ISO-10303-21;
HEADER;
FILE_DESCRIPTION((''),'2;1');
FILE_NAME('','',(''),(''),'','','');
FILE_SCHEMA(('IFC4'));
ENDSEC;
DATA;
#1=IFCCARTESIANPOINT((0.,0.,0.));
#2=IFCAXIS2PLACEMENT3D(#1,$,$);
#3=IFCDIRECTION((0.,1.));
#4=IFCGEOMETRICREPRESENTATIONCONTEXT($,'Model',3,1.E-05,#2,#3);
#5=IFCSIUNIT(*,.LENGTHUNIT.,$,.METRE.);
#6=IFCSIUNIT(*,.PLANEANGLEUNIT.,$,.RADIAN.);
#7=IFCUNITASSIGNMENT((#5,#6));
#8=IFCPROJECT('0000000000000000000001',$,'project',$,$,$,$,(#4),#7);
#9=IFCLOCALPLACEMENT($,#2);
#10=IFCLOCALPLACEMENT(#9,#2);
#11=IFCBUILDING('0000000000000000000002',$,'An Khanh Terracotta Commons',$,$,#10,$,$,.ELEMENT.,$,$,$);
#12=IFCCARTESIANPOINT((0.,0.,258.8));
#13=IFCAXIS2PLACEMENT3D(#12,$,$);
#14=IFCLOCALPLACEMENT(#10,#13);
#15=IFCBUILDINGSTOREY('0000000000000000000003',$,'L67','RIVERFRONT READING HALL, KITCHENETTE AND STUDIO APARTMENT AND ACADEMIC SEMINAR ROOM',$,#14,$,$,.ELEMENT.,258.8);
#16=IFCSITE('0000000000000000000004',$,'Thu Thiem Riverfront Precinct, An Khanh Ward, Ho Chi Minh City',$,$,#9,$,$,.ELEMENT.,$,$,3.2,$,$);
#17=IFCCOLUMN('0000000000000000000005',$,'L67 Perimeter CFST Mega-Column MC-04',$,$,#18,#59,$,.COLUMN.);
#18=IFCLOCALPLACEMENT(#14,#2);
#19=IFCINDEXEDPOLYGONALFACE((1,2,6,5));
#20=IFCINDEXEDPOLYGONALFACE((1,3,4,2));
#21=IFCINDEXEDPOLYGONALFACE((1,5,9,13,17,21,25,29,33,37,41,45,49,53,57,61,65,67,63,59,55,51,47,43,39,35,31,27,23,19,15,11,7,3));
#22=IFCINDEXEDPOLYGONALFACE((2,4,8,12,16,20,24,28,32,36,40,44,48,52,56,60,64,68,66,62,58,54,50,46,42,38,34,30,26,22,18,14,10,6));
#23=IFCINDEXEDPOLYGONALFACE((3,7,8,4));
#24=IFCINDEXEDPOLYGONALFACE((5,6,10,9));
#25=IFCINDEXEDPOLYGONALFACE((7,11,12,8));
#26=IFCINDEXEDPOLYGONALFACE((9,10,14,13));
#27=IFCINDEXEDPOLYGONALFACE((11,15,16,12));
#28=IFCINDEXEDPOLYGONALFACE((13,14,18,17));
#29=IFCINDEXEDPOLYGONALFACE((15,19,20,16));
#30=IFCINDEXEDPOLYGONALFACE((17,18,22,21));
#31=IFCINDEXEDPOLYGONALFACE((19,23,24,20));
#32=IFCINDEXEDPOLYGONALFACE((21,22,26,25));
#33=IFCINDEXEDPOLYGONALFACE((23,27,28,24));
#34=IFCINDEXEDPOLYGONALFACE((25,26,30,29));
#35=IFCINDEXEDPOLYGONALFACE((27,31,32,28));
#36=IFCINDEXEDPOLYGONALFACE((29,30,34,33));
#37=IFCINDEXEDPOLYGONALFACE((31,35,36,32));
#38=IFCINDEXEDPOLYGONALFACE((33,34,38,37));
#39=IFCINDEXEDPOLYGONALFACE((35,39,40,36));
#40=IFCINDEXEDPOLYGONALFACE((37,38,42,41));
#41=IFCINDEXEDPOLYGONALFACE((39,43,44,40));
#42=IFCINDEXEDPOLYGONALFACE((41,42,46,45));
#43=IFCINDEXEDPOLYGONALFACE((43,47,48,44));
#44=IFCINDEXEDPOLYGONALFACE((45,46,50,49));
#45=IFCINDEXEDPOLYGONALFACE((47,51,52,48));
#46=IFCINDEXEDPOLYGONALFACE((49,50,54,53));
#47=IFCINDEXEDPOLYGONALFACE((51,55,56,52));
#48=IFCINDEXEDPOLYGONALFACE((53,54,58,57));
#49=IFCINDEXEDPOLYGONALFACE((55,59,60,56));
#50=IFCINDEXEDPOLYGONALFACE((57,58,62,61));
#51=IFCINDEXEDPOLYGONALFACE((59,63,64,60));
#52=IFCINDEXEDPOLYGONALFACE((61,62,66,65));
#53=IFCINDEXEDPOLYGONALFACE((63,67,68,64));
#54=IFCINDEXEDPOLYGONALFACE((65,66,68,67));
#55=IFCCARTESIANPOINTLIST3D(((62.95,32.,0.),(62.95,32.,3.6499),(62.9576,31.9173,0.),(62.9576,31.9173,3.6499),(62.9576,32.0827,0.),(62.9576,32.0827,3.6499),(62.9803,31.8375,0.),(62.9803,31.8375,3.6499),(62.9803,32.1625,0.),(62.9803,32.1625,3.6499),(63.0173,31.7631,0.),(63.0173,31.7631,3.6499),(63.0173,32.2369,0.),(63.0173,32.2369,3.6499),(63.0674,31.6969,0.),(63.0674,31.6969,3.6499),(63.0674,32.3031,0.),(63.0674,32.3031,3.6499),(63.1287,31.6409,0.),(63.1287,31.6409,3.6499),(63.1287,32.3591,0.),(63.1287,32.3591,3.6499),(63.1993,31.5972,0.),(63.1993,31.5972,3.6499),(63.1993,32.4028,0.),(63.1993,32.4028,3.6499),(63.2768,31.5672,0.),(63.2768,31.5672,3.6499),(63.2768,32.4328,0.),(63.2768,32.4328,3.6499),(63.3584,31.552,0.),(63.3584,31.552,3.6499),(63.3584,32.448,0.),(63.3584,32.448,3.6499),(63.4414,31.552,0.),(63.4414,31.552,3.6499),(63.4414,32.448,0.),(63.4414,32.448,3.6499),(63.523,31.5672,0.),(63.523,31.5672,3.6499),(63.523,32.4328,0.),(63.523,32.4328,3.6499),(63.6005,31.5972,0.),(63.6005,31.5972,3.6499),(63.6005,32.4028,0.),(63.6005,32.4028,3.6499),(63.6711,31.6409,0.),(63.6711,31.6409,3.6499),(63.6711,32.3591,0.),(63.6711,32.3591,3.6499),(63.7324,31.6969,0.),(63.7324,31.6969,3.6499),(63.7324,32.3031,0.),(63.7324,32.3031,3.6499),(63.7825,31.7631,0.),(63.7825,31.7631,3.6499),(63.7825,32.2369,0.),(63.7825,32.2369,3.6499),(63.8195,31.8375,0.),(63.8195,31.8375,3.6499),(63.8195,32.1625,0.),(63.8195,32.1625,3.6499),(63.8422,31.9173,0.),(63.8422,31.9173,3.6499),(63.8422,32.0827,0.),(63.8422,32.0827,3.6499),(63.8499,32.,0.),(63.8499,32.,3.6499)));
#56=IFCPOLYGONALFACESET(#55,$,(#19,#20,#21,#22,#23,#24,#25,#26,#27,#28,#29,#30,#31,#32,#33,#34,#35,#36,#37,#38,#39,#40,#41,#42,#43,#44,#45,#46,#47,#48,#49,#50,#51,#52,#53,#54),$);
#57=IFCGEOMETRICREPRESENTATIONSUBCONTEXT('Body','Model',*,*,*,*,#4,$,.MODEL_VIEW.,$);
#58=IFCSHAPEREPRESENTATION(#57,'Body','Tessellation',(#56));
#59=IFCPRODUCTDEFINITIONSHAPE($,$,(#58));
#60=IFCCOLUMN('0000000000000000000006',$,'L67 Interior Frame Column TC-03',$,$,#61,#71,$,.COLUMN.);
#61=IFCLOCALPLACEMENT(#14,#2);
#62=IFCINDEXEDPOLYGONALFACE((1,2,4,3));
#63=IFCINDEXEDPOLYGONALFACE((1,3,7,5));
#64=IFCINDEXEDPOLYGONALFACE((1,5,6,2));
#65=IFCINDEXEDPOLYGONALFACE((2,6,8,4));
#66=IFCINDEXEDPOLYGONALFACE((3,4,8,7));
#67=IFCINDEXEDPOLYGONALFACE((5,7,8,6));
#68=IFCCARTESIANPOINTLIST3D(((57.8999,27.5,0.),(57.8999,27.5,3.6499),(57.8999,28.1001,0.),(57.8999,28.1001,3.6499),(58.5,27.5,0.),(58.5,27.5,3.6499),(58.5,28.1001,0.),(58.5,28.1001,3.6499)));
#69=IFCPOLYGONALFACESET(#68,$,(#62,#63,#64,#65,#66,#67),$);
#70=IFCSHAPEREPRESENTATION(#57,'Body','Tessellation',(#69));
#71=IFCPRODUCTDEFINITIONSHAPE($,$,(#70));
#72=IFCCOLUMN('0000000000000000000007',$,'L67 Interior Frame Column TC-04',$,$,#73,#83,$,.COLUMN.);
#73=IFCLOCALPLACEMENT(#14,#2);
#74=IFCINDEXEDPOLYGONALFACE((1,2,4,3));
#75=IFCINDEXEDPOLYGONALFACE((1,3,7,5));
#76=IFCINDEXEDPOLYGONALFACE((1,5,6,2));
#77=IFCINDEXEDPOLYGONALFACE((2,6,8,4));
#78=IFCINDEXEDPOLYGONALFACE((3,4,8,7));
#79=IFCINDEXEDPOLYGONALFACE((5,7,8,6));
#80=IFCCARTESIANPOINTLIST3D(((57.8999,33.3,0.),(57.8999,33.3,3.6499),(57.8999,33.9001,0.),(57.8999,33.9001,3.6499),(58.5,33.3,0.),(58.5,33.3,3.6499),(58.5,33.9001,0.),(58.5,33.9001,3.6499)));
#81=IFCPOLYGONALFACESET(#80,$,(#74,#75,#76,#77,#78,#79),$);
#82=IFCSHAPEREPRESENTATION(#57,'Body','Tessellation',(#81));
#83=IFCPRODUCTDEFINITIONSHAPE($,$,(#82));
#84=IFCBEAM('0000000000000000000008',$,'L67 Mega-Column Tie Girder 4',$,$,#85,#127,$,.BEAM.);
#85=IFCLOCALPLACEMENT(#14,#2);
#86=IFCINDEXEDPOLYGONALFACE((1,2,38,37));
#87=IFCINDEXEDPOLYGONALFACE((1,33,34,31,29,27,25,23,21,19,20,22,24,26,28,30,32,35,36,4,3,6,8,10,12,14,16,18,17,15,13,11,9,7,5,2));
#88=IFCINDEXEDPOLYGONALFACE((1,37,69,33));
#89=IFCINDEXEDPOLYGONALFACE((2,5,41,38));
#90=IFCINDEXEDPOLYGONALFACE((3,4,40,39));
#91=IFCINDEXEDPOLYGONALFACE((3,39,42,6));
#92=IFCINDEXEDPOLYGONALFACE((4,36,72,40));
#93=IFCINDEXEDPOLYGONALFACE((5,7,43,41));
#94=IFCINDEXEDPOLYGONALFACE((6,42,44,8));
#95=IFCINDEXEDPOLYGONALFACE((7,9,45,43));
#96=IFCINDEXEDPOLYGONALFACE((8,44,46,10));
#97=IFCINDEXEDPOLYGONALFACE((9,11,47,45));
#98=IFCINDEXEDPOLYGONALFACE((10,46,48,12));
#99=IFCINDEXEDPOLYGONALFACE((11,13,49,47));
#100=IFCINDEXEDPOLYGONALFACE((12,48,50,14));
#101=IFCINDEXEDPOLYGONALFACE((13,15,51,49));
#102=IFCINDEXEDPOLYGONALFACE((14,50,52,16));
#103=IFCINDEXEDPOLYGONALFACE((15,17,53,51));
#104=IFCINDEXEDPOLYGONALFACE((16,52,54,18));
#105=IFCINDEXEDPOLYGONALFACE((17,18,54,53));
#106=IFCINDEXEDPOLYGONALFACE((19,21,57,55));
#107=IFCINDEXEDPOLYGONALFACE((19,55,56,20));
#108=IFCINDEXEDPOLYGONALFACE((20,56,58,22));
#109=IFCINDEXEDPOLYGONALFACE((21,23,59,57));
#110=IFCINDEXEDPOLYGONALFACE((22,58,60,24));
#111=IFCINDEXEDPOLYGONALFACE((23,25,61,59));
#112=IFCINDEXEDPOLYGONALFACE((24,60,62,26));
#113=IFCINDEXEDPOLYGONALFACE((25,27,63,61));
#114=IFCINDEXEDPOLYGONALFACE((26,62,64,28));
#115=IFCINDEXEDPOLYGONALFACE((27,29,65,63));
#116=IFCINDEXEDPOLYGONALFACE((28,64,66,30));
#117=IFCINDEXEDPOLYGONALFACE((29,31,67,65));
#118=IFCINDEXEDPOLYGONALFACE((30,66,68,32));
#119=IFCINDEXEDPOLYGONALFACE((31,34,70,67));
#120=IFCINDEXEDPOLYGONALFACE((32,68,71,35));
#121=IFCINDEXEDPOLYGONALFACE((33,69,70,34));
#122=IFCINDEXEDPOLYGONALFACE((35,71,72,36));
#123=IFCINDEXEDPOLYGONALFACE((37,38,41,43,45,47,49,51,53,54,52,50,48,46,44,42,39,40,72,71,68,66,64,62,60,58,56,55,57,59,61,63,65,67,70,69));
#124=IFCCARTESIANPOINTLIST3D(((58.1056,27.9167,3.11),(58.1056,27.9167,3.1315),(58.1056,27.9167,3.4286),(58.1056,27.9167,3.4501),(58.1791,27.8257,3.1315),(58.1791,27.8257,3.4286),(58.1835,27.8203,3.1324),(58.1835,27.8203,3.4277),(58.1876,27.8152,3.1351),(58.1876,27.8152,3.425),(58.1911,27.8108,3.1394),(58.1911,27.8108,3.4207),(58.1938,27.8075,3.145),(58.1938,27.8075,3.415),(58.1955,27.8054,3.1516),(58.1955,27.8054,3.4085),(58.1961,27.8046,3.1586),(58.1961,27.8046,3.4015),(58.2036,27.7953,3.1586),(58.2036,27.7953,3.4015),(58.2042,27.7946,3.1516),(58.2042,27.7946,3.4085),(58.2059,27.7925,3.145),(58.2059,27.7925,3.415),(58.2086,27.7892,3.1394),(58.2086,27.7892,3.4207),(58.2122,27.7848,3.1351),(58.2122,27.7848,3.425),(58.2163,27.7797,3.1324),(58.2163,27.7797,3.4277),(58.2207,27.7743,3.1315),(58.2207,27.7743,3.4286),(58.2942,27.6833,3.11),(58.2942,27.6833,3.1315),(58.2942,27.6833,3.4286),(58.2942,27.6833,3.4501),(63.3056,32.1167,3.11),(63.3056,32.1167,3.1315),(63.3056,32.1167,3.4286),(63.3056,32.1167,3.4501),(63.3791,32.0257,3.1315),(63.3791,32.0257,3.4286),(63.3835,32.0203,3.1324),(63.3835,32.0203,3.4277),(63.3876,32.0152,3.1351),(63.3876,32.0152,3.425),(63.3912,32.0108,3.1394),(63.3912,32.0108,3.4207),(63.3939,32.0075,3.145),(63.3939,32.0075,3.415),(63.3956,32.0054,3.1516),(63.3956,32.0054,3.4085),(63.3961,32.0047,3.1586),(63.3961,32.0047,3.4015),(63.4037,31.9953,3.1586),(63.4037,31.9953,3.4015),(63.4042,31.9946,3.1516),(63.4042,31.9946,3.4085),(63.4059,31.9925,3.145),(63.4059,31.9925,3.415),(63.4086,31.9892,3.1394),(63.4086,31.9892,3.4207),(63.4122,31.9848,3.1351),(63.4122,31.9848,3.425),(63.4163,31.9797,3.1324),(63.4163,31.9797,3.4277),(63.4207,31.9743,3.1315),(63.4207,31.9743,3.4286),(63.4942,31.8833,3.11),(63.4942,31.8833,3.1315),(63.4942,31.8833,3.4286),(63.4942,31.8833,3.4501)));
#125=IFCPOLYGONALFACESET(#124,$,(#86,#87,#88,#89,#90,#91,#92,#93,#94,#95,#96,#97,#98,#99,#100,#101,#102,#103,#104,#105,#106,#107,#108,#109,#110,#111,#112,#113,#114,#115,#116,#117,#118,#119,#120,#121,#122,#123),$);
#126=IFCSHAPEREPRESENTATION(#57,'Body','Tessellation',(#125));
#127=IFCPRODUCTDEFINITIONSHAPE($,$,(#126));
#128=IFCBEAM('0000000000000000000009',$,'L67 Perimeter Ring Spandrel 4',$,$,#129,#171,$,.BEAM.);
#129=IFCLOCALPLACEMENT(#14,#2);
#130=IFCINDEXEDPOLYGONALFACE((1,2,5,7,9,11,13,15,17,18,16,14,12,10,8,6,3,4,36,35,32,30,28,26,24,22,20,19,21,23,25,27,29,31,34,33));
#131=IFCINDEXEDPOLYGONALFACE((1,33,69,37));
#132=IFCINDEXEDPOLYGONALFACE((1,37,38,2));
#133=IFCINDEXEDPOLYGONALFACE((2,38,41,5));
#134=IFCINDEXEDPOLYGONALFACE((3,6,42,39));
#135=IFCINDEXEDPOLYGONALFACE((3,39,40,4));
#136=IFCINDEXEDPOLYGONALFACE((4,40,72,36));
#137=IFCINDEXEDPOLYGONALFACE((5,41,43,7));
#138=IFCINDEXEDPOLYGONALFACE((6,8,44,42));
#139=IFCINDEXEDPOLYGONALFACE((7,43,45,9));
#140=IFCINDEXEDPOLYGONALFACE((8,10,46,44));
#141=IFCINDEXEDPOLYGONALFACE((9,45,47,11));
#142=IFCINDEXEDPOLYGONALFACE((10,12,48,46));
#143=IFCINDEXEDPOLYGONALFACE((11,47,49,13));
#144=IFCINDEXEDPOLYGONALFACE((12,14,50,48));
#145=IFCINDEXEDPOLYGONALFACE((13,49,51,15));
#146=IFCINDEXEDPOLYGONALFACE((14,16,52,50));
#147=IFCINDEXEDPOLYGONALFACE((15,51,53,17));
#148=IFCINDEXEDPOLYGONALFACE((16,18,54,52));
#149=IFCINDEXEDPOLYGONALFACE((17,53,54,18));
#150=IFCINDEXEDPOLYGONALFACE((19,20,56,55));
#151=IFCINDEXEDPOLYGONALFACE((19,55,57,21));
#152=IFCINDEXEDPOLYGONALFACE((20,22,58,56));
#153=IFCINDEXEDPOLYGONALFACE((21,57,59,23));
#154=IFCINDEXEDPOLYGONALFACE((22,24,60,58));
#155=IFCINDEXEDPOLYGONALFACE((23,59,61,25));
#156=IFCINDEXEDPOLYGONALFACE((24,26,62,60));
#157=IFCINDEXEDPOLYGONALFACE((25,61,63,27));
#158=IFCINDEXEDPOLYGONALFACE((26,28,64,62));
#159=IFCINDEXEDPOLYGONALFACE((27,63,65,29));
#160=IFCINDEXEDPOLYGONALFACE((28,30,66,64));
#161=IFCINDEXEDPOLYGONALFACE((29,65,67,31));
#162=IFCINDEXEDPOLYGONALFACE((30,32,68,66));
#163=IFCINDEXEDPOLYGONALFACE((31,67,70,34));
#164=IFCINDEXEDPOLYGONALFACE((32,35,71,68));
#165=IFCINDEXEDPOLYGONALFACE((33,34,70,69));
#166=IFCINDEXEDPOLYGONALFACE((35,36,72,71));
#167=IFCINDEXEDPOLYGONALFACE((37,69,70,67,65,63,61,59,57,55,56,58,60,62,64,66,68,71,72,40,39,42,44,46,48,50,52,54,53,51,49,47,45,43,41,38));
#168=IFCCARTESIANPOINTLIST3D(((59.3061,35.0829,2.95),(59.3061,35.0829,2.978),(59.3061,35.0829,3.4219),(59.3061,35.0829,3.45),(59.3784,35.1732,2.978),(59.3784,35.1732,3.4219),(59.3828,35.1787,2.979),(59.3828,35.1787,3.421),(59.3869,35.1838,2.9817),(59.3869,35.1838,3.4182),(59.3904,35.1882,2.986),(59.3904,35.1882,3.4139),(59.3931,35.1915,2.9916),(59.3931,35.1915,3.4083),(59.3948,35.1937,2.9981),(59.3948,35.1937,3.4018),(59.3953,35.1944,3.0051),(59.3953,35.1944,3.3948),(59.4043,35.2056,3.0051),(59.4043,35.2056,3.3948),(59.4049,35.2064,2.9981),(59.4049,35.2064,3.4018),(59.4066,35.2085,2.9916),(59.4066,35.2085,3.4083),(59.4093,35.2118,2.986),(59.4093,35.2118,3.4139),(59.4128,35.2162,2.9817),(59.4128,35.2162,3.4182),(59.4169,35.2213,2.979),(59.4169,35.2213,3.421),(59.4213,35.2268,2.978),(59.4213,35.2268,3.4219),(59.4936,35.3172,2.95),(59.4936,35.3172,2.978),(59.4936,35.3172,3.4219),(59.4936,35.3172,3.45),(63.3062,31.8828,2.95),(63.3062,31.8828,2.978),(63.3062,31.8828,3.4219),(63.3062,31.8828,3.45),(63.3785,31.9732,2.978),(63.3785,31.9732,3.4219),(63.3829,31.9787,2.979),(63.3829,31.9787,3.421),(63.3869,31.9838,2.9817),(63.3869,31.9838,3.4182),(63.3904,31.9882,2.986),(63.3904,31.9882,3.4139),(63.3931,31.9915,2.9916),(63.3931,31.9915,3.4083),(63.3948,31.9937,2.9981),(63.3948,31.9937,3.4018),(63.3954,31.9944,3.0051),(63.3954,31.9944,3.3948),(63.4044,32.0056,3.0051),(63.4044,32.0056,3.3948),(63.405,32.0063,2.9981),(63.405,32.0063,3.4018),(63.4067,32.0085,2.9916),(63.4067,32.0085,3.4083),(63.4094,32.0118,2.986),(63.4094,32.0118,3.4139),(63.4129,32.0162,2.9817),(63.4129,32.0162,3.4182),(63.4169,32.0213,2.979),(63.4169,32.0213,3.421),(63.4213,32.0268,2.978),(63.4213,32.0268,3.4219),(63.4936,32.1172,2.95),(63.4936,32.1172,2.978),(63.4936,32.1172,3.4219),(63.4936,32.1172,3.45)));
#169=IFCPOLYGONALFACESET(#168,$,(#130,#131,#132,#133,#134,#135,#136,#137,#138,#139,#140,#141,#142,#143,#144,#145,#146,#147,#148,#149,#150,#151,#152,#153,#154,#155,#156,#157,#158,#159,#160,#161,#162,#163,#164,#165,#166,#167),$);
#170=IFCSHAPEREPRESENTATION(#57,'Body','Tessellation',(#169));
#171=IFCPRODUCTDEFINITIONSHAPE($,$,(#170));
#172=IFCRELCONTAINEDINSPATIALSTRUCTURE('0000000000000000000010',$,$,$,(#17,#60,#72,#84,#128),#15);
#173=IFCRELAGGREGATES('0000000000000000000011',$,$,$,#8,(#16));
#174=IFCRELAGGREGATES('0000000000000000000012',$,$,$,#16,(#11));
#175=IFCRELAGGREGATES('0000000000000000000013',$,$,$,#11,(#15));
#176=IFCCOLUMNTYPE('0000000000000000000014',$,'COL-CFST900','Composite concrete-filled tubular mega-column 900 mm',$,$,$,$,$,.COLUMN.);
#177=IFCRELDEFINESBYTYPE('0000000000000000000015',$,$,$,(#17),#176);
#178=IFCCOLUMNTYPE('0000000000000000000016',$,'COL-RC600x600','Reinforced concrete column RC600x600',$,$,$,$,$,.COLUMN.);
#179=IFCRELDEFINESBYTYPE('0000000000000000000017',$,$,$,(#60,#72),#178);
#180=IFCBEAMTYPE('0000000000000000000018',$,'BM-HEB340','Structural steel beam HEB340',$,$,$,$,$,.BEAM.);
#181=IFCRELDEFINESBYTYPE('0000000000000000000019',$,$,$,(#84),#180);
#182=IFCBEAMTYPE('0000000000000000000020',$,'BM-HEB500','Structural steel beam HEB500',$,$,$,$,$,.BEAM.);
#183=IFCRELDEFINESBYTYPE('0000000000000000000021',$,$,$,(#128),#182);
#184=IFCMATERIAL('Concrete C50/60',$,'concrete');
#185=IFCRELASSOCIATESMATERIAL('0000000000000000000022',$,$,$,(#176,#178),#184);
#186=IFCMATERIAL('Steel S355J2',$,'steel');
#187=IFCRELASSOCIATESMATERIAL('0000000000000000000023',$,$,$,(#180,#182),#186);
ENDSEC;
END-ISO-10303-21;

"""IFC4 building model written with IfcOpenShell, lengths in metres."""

from ifc_helpers import new_model, si_unit, direction, frame, origin, origin_2d, place, context, subcontext, project, spatial, rectangle, circle, i_section, extrude, material, material_profile, profile_set, type_object, element, save


model = new_model("IFC4")

# Units and contexts
model_context = context("Model", 3, precision=1e-05, world=origin(), true_north=direction((0.0, 1.0)))
body_context = subcontext(model_context, "Body", "Model", "MODEL_VIEW")
ifc_project = project(units=[si_unit("LENGTHUNIT", "METRE"), si_unit("PLANEANGLEUNIT", "RADIAN")], contexts=[model_context])

# Site, building, storey
site_placement = place(None, origin())
site = spatial("IfcSite", under=ifc_project, at=site_placement, Name="Thu Thiem Riverfront Precinct, An Khanh Ward, Ho Chi Minh City", CompositionType="ELEMENT", RefElevation=3.2)
building_placement = place(site_placement, origin())
building = spatial("IfcBuilding", under=site, at=building_placement, Name="An Khanh Terracotta Commons", CompositionType="ELEMENT")
storey_placement = place(building_placement, frame((0.0, 0.0, 258.8)))
storey = spatial("IfcBuildingStorey", under=building, at=storey_placement, Name="L67", Description="RIVERFRONT READING HALL, KITCHENETTE AND STUDIO APARTMENT AND ACADEMIC SEMINAR ROOM", CompositionType="ELEMENT", Elevation=258.8)

# Columns
ifc_material_1 = material(Name="Concrete C50/60", Category="concrete")
ifc_material_profile_1 = material_profile(ifc_material_1, circle(Radius=0.45, at=origin_2d()), Name="CFST900")
ifc_profile_set_1 = profile_set([ifc_material_profile_1], Name="Concrete C50/60")
column_type_1 = type_object("IfcColumnType", Name="COL-CFST900", Description="Composite concrete-filled tubular mega-column 900 mm", PredefinedType="COLUMN", material=ifc_profile_set_1)
column_placement = place(storey_placement, frame((63.3999, 32.0, 0.0), z_axis=(0.0, 0.0, 1.0), x_axis=(1.0, 0.0, 0.0)))
element("IfcColumn", 1, at=column_placement, inside=storey, type_object=column_type_1, Name="L67 Perimeter CFST Mega-Column MC-04", PredefinedType="COLUMN", context=body_context, shape_type="SweptSolid", body=[
    extrude(circle(Radius=0.45, at=origin_2d()), origin(), (0.0, 0.0, 1.0), 3.6499),
])
ifc_material_profile_2 = material_profile(ifc_material_1, rectangle(XDim=0.6001, YDim=0.6001, at=origin_2d()), Name="RC600x600")
ifc_profile_set_2 = profile_set([ifc_material_profile_2], Name="Concrete C50/60")
column_type_2 = type_object("IfcColumnType", Name="COL-RC600x600", Description="Reinforced concrete column RC600x600", PredefinedType="COLUMN", material=ifc_profile_set_2)
for number, where, z_axis, x_axis, name in (
    (2, (58.2, 27.8, 0.0), (0.0, 0.0, 1.0), (1.0, 0.0, 0.0), "L67 Interior Frame Column TC-03"),
    (3, (58.2, 33.6001, 0.0), (0.0, 0.0, 1.0), (1.0, 0.0, 0.0), "L67 Interior Frame Column TC-04"),
):
    element("IfcColumn", number, at=place(storey_placement, frame(where, z_axis=z_axis, x_axis=x_axis)), inside=storey, type_object=column_type_2, Name=name, PredefinedType="COLUMN", context=body_context, shape_type="SweptSolid", body=[
        extrude(rectangle(XDim=0.6001, YDim=0.6001, at=origin_2d()), origin(), (0.0, 0.0, 1.0), 3.6499),
    ])

# Beams
ifc_material_2 = material(Name="Steel S355J2", Category="steel")
ifc_material_profile_3 = material_profile(ifc_material_2, i_section(OverallWidth=0.3, OverallDepth=0.3401, WebThickness=0.012, FlangeThickness=0.0215, FilletRadius=0.0271, at=origin_2d()), Name="HEB340")
ifc_profile_set_3 = profile_set([ifc_material_profile_3], Name="Steel S355J2")
beam_type_1 = type_object("IfcBeamType", Name="BM-HEB340", Description="Structural steel beam HEB340", PredefinedType="BEAM", material=ifc_profile_set_3)
beam_1_placement = place(storey_placement, frame((63.3999, 32.0, 3.28), z_axis=(-0.777942, -0.628336, 0.0), x_axis=(0.628336, -0.777942, 0.0)))
element("IfcBeam", 4, at=beam_1_placement, inside=storey, type_object=beam_type_1, Name="L67 Mega-Column Tie Girder 4", PredefinedType="BEAM", context=body_context, shape_type="SweptSolid", body=[
    extrude(i_section(OverallWidth=0.3, OverallDepth=0.3401, WebThickness=0.012, FlangeThickness=0.0215, FilletRadius=0.0271, at=origin_2d()), origin(), (0.0, 0.0, 1.0), 6.6843),
])
ifc_material_profile_4 = material_profile(ifc_material_2, i_section(OverallWidth=0.3, OverallDepth=0.5, WebThickness=0.0144, FlangeThickness=0.0281, FilletRadius=0.0271, at=origin_2d()), Name="HEB500")
ifc_profile_set_4 = profile_set([ifc_material_profile_4], Name="Steel S355J2")
beam_type_2 = type_object("IfcBeamType", Name="BM-HEB500", Description="Structural steel beam HEB500", PredefinedType="BEAM", material=ifc_profile_set_4)
beam_2_placement = place(storey_placement, frame((63.3999, 32.0, 3.2), z_axis=(-0.780873, 0.624689, 0.0), x_axis=(-0.624689, -0.780873, 0.0)))
element("IfcBeam", 5, at=beam_2_placement, inside=storey, type_object=beam_type_2, Name="L67 Perimeter Ring Spandrel 4", PredefinedType="BEAM", context=body_context, shape_type="SweptSolid", body=[
    extrude(i_section(OverallWidth=0.3, OverallDepth=0.5, WebThickness=0.0144, FlangeThickness=0.0281, FilletRadius=0.0271, at=origin_2d()), origin(), (0.0, 0.0, 1.0), 5.1226),
])

save(model, "model.ifc")
